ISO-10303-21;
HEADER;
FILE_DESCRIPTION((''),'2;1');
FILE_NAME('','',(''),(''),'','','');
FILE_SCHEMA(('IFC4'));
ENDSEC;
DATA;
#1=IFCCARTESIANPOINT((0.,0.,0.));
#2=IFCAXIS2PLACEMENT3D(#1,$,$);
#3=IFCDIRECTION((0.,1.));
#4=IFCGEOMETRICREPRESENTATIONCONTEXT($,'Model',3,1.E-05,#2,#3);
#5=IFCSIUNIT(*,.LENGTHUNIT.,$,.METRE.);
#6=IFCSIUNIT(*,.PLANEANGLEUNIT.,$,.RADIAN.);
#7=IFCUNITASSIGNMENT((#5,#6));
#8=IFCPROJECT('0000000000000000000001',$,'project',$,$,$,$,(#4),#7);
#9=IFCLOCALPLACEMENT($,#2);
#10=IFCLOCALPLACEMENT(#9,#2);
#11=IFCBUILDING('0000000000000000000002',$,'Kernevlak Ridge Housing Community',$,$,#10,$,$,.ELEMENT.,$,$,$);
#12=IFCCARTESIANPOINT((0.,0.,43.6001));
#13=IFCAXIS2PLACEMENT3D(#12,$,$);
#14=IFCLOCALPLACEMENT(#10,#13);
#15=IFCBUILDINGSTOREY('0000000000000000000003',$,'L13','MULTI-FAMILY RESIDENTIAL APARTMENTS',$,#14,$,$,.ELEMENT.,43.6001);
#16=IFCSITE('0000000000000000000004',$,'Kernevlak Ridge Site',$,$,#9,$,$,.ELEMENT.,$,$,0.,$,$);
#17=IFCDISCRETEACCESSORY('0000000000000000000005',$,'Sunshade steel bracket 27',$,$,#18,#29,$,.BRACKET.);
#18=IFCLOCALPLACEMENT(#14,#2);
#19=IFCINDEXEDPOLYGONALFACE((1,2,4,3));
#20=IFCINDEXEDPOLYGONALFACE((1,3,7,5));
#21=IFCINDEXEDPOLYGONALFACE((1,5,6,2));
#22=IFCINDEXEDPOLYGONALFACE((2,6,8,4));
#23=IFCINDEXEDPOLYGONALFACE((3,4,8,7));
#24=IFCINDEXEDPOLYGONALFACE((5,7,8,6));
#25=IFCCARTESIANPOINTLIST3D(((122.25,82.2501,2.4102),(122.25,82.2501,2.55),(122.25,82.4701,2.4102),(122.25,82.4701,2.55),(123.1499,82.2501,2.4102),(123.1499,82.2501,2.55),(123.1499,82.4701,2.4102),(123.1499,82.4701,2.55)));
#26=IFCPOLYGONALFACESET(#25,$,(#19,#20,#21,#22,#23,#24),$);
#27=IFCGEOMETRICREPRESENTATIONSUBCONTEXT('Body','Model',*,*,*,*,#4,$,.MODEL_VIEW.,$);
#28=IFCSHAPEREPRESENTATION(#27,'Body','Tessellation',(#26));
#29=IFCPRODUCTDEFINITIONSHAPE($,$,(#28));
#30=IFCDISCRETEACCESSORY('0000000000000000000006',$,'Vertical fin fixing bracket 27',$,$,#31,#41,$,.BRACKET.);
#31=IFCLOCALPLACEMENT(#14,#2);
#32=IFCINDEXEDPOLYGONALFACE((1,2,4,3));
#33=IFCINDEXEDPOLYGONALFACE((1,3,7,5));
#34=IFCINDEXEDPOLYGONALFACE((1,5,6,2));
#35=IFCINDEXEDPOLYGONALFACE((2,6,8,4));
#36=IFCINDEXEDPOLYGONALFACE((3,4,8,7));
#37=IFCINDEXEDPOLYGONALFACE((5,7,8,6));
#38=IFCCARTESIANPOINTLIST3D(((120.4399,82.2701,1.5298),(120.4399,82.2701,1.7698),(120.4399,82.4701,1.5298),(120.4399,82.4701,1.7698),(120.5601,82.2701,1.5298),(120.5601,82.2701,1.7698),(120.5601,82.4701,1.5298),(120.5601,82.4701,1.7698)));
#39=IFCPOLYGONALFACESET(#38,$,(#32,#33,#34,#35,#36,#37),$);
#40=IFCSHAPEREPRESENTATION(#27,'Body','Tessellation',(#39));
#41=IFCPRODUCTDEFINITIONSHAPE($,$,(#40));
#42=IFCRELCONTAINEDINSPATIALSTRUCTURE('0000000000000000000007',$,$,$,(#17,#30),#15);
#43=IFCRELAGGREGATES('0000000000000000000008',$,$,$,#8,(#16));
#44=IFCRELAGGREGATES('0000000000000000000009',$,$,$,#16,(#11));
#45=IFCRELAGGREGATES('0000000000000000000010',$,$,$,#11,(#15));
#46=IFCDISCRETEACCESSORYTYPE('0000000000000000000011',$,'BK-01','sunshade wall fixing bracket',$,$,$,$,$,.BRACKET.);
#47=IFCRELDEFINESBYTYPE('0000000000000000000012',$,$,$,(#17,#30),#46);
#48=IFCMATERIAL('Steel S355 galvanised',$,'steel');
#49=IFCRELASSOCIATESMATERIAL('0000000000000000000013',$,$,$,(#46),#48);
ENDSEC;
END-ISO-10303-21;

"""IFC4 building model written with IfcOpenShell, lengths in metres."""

from ifc_helpers import new_model, si_unit, direction, frame, origin, origin_2d, place, context, subcontext, project, spatial, rectangle, extrude, material, type_object, element, save


model = new_model("IFC4")

# Units and contexts
model_context = context("Model", 3, precision=1e-05, world=origin(), true_north=direction((0.0, 1.0)))
body_context = subcontext(model_context, "Body", "Model", "MODEL_VIEW")
ifc_project = project(units=[si_unit("LENGTHUNIT", "METRE"), si_unit("PLANEANGLEUNIT", "RADIAN")], contexts=[model_context])

# Site, building, storey
site_placement = place(None, origin())
site = spatial("IfcSite", under=ifc_project, at=site_placement, Name="Kernevlak Ridge Site", CompositionType="ELEMENT", RefElevation=0.0)
building_placement = place(site_placement, origin())
building = spatial("IfcBuilding", under=site, at=building_placement, Name="Kernevlak Ridge Housing Community", CompositionType="ELEMENT")
storey_placement = place(building_placement, frame((0.0, 0.0, 43.6001)))
storey = spatial("IfcBuildingStorey", under=building, at=storey_placement, Name="L13", Description="MULTI-FAMILY RESIDENTIAL APARTMENTS", CompositionType="ELEMENT", Elevation=43.6001)

# Discrete accessories
ifc_material_1 = material(Name="Steel S355 galvanised", Category="steel")
discrete_accessory_type = type_object("IfcDiscreteAccessoryType", Name="BK-01", Description="sunshade wall fixing bracket", PredefinedType="BRACKET", material=ifc_material_1)
discrete_accessory_1_placement = place(storey_placement, frame((122.7, 82.3601, 2.4102), z_axis=(0.0, 0.0, 1.0), x_axis=(1.0, 0.0, 0.0)))
element("IfcDiscreteAccessory", 1, at=discrete_accessory_1_placement, inside=storey, type_object=discrete_accessory_type, Name="Sunshade steel bracket 27", PredefinedType="BRACKET", context=body_context, shape_type="SweptSolid", body=[
    extrude(rectangle(XDim=0.8999, YDim=0.22, at=origin_2d()), origin(), (0.0, 0.0, 1.0), 0.1399),
])
discrete_accessory_2_placement = place(storey_placement, frame((120.5, 82.3701, 1.5298), z_axis=(0.0, 0.0, 1.0), x_axis=(1.0, 0.0, 0.0)))
element("IfcDiscreteAccessory", 2, at=discrete_accessory_2_placement, inside=storey, type_object=discrete_accessory_type, Name="Vertical fin fixing bracket 27", PredefinedType="BRACKET", context=body_context, shape_type="SweptSolid", body=[
    extrude(rectangle(XDim=0.1201, YDim=0.2, at=origin_2d()), origin(), (0.0, 0.0, 1.0), 0.24),
])

save(model, "model.ifc")
